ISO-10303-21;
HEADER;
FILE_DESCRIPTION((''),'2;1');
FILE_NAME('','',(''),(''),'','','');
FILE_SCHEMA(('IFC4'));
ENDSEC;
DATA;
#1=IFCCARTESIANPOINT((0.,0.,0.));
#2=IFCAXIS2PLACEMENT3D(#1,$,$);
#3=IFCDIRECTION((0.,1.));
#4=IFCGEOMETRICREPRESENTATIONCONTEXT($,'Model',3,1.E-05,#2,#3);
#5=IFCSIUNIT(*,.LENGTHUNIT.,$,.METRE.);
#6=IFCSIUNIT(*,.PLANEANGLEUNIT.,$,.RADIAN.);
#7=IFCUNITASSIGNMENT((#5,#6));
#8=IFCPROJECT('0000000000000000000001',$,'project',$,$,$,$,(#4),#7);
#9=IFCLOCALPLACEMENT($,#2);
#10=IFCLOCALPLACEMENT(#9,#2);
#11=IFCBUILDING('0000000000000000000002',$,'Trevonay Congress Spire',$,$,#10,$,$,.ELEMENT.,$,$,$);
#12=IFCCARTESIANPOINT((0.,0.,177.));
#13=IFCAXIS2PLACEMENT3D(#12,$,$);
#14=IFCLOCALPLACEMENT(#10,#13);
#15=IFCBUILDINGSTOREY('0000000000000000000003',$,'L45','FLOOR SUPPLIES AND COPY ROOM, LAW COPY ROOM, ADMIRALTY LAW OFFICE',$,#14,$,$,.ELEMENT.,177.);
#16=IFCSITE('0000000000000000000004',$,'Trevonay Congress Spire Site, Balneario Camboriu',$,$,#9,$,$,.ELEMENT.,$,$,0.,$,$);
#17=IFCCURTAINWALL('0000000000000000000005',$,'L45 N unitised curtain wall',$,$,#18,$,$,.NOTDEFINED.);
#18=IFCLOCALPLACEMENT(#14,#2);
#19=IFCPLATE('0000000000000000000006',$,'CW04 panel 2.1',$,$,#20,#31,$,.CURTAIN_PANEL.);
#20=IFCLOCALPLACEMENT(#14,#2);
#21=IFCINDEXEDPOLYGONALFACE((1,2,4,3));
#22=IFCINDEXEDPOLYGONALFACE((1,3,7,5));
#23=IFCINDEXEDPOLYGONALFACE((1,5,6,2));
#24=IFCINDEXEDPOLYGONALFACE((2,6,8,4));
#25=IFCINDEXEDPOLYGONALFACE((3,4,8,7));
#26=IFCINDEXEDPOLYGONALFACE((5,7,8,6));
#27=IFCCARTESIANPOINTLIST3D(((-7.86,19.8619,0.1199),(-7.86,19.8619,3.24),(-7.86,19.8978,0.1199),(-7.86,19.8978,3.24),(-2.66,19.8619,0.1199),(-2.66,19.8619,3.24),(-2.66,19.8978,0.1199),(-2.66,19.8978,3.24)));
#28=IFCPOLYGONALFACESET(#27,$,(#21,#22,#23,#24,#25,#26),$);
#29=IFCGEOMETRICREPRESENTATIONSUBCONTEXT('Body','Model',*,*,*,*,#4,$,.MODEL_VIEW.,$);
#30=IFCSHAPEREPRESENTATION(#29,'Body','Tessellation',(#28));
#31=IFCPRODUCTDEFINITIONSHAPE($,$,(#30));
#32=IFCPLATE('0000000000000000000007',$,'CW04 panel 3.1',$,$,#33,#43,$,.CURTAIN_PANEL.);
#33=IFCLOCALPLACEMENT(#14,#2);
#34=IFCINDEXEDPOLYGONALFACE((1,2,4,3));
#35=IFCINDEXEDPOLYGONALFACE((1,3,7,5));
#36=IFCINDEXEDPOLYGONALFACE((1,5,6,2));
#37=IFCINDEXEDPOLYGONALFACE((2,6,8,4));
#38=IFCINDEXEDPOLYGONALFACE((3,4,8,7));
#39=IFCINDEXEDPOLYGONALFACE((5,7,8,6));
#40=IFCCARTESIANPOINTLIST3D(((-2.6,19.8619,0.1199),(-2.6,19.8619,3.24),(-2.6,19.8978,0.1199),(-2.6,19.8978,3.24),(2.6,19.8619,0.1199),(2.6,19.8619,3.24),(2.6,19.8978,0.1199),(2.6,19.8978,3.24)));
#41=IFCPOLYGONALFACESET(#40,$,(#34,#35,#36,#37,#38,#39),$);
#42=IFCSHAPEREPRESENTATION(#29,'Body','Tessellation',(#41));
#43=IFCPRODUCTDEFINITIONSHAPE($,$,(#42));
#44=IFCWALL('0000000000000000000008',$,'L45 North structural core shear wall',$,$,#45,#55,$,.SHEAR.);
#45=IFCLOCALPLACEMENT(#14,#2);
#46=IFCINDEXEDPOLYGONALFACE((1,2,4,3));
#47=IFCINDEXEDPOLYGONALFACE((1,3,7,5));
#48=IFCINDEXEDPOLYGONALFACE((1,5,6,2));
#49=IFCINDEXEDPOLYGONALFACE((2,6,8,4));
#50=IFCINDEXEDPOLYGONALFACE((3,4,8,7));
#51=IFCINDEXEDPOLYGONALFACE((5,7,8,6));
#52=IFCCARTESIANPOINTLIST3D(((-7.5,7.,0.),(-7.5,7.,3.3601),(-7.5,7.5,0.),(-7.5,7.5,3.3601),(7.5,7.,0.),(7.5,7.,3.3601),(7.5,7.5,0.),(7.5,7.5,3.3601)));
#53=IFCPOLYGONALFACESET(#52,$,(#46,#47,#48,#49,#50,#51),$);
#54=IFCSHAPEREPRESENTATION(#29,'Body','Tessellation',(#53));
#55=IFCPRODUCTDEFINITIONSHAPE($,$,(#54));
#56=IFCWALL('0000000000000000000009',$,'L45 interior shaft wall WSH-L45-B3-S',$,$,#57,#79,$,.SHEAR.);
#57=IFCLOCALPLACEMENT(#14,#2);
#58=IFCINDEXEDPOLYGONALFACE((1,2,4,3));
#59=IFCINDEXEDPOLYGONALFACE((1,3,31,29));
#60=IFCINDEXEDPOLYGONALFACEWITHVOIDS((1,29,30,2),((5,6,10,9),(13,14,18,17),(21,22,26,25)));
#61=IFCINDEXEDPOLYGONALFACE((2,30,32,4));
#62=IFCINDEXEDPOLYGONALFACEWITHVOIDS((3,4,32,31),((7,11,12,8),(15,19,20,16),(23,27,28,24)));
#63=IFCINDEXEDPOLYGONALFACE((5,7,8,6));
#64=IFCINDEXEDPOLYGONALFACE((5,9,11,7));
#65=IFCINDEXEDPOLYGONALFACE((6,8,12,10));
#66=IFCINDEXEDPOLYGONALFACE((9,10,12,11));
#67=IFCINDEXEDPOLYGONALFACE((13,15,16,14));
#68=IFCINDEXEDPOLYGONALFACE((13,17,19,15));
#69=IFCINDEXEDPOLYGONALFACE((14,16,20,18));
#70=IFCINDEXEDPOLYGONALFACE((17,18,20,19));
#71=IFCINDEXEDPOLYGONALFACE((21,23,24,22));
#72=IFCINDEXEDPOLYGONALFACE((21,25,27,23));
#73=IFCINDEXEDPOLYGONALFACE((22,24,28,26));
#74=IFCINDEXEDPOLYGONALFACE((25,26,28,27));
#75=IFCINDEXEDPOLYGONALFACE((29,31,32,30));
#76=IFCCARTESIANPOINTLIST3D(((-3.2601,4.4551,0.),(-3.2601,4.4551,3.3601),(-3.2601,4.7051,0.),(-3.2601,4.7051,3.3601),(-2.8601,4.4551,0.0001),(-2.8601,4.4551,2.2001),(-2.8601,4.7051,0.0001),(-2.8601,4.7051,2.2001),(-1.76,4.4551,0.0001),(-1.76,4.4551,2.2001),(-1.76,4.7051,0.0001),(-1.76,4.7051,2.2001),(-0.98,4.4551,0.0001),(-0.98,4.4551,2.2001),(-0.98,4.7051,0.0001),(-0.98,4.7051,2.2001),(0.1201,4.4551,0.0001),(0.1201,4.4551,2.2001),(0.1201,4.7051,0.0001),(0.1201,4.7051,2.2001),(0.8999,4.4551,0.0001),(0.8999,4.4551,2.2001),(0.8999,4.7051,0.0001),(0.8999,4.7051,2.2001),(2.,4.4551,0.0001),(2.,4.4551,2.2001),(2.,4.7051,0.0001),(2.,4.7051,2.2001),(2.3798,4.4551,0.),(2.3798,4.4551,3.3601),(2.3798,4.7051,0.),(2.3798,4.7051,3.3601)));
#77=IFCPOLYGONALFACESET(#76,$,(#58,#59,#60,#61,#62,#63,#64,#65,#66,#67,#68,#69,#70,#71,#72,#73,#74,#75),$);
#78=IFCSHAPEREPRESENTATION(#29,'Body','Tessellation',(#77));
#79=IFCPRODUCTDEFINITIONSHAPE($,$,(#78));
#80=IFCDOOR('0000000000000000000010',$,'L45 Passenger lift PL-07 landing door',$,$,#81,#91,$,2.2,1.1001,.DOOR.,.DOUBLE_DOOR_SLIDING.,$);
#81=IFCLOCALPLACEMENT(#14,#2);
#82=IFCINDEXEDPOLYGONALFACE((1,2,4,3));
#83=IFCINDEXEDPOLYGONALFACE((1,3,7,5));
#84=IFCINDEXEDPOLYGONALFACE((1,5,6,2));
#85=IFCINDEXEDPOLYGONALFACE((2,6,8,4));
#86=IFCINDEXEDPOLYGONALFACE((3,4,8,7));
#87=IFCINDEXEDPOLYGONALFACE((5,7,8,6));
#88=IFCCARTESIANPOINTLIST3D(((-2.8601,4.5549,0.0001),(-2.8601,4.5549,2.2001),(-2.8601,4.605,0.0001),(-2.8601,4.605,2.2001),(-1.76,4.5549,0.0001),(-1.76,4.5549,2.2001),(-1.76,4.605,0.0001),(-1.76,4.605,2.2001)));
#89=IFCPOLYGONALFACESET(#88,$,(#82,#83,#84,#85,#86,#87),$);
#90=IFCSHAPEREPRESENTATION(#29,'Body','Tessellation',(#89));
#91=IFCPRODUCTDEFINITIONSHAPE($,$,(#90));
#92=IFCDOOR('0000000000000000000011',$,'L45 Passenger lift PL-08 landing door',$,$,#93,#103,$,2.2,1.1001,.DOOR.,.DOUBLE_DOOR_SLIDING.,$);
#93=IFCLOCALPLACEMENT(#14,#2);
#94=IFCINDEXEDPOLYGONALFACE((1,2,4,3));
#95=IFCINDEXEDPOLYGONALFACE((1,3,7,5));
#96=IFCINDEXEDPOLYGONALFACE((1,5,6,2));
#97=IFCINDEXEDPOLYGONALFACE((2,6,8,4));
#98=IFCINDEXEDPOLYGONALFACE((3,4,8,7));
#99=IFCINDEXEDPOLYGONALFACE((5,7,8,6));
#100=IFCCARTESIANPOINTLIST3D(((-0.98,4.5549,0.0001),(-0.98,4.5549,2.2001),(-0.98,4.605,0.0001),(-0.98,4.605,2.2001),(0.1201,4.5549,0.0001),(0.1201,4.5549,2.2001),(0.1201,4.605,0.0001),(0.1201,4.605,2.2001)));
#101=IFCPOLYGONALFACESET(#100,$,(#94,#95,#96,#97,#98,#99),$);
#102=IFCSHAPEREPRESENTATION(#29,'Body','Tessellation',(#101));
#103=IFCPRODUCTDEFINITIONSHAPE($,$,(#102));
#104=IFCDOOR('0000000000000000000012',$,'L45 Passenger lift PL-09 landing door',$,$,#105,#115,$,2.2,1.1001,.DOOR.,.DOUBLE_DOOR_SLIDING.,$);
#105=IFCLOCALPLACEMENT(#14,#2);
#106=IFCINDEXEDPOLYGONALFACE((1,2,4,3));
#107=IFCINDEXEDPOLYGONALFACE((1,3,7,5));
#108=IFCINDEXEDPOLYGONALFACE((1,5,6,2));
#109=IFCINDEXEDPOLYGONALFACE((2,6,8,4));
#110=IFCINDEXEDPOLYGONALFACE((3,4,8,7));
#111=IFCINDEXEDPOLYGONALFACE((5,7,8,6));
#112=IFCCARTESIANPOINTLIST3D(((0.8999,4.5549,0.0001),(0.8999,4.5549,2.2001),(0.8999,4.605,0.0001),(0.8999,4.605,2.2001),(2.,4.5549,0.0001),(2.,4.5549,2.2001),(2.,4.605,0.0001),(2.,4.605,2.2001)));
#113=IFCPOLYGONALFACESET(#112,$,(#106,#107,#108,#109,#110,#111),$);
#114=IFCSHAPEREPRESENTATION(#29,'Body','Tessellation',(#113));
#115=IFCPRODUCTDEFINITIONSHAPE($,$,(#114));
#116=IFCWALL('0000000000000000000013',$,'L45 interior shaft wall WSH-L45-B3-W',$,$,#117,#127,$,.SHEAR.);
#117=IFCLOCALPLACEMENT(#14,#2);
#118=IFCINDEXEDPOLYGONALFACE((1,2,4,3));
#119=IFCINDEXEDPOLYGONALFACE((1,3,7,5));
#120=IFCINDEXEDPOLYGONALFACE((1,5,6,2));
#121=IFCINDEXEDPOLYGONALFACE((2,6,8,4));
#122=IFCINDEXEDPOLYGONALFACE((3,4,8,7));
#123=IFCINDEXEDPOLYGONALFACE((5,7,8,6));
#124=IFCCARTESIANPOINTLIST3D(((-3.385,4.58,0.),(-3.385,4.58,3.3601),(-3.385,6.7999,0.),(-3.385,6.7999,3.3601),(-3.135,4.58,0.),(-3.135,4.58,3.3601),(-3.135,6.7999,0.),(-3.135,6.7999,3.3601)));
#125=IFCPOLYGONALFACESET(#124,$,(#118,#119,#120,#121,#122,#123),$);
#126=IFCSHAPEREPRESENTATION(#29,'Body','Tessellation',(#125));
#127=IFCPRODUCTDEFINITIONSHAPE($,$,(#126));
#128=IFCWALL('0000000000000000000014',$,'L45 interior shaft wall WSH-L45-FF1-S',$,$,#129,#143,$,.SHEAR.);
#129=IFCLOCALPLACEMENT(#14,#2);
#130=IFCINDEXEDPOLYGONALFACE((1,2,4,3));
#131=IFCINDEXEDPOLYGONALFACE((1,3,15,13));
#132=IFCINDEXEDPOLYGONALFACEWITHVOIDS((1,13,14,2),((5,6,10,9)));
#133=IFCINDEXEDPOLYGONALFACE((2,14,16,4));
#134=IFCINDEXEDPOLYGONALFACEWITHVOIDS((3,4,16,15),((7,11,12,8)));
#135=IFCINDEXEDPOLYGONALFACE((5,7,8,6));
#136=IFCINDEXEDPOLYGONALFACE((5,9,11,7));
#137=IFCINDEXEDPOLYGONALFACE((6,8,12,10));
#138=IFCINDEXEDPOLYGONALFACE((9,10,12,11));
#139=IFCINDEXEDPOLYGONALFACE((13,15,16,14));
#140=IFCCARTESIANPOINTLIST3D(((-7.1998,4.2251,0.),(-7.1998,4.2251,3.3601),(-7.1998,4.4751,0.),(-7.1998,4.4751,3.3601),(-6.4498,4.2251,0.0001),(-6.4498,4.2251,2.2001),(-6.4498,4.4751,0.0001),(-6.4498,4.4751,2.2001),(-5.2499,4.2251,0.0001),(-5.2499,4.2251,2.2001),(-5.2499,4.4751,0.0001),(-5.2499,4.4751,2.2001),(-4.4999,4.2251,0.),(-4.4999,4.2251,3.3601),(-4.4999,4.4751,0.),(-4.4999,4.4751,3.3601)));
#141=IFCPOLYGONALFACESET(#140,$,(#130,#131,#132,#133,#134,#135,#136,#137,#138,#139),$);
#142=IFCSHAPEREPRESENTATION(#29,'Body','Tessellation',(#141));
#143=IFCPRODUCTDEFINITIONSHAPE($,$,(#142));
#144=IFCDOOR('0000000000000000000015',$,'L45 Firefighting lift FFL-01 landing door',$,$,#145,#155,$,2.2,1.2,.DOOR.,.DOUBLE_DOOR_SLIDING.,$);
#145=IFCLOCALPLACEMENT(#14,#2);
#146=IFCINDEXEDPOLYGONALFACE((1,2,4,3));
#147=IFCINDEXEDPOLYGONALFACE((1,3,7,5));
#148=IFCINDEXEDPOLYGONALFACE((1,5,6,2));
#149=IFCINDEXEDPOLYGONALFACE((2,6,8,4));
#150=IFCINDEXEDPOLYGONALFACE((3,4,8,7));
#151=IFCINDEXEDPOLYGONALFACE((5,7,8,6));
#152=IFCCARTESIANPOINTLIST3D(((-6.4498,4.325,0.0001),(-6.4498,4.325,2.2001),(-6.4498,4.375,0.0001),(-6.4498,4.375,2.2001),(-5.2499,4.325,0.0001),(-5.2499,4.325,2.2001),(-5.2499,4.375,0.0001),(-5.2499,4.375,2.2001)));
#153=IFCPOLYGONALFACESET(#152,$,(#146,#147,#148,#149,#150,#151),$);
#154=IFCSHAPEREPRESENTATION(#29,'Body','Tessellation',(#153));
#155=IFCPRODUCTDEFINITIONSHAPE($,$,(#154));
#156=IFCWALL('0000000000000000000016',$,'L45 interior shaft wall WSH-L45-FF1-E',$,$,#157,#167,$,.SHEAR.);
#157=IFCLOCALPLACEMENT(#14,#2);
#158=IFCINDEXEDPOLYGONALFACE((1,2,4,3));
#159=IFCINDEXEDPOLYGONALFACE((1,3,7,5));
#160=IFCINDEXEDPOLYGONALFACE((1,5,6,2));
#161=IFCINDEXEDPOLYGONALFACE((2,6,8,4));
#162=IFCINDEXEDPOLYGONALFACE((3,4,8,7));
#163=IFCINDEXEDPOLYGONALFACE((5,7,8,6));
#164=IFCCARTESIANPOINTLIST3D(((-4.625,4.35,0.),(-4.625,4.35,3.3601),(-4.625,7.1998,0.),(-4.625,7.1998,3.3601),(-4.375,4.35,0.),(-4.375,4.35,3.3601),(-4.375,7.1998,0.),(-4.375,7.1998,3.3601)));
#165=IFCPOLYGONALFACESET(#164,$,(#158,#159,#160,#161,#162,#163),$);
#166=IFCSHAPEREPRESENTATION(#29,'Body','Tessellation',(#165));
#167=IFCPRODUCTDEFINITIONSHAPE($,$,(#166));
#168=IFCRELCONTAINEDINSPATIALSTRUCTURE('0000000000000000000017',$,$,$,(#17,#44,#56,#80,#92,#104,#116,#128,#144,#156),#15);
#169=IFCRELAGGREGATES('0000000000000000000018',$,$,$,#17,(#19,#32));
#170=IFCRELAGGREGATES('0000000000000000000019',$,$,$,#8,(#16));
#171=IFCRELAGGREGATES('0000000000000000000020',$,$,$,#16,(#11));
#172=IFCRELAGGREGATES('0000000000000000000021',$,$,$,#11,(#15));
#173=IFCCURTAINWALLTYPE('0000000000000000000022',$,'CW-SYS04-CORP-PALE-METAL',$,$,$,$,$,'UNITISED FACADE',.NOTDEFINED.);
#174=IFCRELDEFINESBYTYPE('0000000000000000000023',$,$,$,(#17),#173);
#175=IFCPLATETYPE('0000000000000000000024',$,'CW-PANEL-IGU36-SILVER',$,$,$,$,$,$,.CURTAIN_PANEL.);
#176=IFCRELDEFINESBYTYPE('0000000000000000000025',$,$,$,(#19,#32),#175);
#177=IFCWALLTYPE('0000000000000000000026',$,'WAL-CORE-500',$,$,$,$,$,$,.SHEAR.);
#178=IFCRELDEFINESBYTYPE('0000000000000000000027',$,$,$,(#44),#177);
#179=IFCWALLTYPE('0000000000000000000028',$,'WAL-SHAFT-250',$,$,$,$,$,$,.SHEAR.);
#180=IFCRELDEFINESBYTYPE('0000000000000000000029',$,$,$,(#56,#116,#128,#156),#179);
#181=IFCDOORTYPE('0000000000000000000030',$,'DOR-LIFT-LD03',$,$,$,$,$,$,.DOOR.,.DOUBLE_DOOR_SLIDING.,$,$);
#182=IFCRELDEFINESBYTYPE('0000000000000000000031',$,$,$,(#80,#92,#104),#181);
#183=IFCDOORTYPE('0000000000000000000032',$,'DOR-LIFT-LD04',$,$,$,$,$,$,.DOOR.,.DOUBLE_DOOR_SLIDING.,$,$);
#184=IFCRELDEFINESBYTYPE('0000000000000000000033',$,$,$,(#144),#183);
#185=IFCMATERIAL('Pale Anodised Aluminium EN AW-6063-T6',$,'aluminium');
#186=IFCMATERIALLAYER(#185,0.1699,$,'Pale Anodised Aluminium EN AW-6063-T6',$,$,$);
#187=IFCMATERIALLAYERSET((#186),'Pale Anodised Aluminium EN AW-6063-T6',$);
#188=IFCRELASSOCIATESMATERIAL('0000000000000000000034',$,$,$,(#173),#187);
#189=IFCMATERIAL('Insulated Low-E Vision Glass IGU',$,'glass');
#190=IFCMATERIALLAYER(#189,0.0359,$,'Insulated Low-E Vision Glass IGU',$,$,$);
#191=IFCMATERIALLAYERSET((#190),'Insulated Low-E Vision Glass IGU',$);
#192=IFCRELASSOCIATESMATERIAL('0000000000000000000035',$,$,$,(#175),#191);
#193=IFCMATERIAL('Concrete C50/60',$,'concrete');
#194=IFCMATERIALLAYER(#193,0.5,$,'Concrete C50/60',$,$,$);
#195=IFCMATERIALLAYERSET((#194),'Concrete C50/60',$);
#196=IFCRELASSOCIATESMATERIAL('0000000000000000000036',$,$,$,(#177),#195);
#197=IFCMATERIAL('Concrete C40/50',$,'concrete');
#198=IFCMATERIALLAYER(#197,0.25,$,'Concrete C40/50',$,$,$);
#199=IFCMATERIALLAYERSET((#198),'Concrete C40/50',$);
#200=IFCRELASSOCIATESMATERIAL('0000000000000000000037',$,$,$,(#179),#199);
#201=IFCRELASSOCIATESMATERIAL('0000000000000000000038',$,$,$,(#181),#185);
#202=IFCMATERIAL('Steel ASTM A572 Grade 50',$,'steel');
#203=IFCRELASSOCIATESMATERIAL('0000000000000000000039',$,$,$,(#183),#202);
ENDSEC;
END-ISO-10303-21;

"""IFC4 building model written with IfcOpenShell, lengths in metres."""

from ifc_helpers import new_model, si_unit, direction, frame, frame_2d, origin, origin_2d, place, context, subcontext, project, spatial, rectangle, extrude, material, layer, layer_set, type_object, element, fill, aggregate, save


model = new_model("IFC4")

# Units and contexts
model_context = context("Model", 3, precision=1e-05, world=origin(), true_north=direction((0.0, 1.0)))
body_context = subcontext(model_context, "Body", "Model", "MODEL_VIEW")
ifc_project = project(units=[si_unit("LENGTHUNIT", "METRE"), si_unit("PLANEANGLEUNIT", "RADIAN")], contexts=[model_context])

# Site, building, storey
site_placement = place(None, origin())
site = spatial("IfcSite", under=ifc_project, at=site_placement, Name="Trevonay Congress Spire Site, Balneario Camboriu", CompositionType="ELEMENT", RefElevation=0.0)
building_placement = place(site_placement, origin())
building = spatial("IfcBuilding", under=site, at=building_placement, Name="Trevonay Congress Spire", CompositionType="ELEMENT")
storey_placement = place(building_placement, frame((0.0, 0.0, 177.0)))
storey = spatial("IfcBuildingStorey", under=building, at=storey_placement, Name="L45", Description="FLOOR SUPPLIES AND COPY ROOM, LAW COPY ROOM, ADMIRALTY LAW OFFICE", CompositionType="ELEMENT", Elevation=177.0)

# Shared definitions
ifc_material_1 = material(Name="Steel ASTM A572 Grade 50", Category="steel")

# Curtain wall, plates
ifc_material_2 = material(Name="Pale Anodised Aluminium EN AW-6063-T6", Category="aluminium")
ifc_layer_1 = layer(ifc_material_2, 0.1699, Name="Pale Anodised Aluminium EN AW-6063-T6")
ifc_layer_set_1 = layer_set([ifc_layer_1], Name="Pale Anodised Aluminium EN AW-6063-T6")
curtain_wall_type = type_object("IfcCurtainWallType", Name="CW-SYS04-CORP-PALE-METAL", ElementType="UNITISED FACADE", PredefinedType="NOTDEFINED", material=ifc_layer_set_1)
curtain_wall_placement = place(storey_placement, origin())
curtain_wall = element("IfcCurtainWall", 1, at=curtain_wall_placement, inside=storey, type_object=curtain_wall_type, Name="L45 N unitised curtain wall", PredefinedType="NOTDEFINED")
ifc_material_3 = material(Name="Insulated Low-E Vision Glass IGU", Category="glass")
ifc_layer_2 = layer(ifc_material_3, 0.0359, Name="Insulated Low-E Vision Glass IGU")
ifc_layer_set_2 = layer_set([ifc_layer_2], Name="Insulated Low-E Vision Glass IGU")
plate_type = type_object("IfcPlateType", Name="CW-PANEL-IGU36-SILVER", PredefinedType="CURTAIN_PANEL", material=ifc_layer_set_2)
plate_1_placement = place(storey_placement, frame((-5.26, 19.8799, 0.1199), z_axis=(0.0, 0.0, 1.0), x_axis=(1.0, 0.0, 0.0)))
plate_1 = element("IfcPlate", 2, at=plate_1_placement, type_object=plate_type, Name="CW04 panel 2.1", PredefinedType="CURTAIN_PANEL", context=body_context, shape_type="SweptSolid", body=[
    extrude(rectangle(XDim=5.2, YDim=0.0359, at=origin_2d()), origin(), (0.0, 0.0, 1.0), 3.1201),
])
plate_2_placement = place(storey_placement, frame((0.0, 19.8799, 0.1199), z_axis=(0.0, 0.0, 1.0), x_axis=(1.0, 0.0, 0.0)))
plate_2 = element("IfcPlate", 3, at=plate_2_placement, type_object=plate_type, Name="CW04 panel 3.1", PredefinedType="CURTAIN_PANEL", context=body_context, shape_type="SweptSolid", body=[
    extrude(rectangle(XDim=5.2, YDim=0.0359, at=origin_2d()), origin(), (0.0, 0.0, 1.0), 3.1201),
])
aggregate(curtain_wall, [plate_1, plate_2])

# Wall
ifc_material_4 = material(Name="Concrete C50/60", Category="concrete")
ifc_layer_3 = layer(ifc_material_4, 0.5, Name="Concrete C50/60")
ifc_layer_set_3 = layer_set([ifc_layer_3], Name="Concrete C50/60")
wall_type_1 = type_object("IfcWallType", Name="WAL-CORE-500", PredefinedType="SHEAR", material=ifc_layer_set_3)
wall_1_placement = place(storey_placement, frame((-7.5, 7.25, 0.0), z_axis=(0.0, 0.0, 1.0), x_axis=(1.0, 0.0, 0.0)))
element("IfcWall", 4, at=wall_1_placement, inside=storey, type_object=wall_type_1, Name="L45 North structural core shear wall", PredefinedType="SHEAR", context=body_context, shape_type="SweptSolid", body=[
    extrude(rectangle(XDim=15.0, YDim=0.5, at=frame_2d((7.5, 0.0))), origin(), (0.0, 0.0, 1.0), 3.3601),
])

# Wall, openings, doors
ifc_material_5 = material(Name="Concrete C40/50", Category="concrete")
ifc_layer_4 = layer(ifc_material_5, 0.25, Name="Concrete C40/50")
ifc_layer_set_4 = layer_set([ifc_layer_4], Name="Concrete C40/50")
wall_type_2 = type_object("IfcWallType", Name="WAL-SHAFT-250", PredefinedType="SHEAR", material=ifc_layer_set_4)
wall_2_placement = place(storey_placement, frame((-3.26, 4.5801, 0.0), z_axis=(0.0, 0.0, 1.0), x_axis=(1.0, 0.0, 0.0)))
wall_2 = element("IfcWall", 5, at=wall_2_placement, inside=storey, type_object=wall_type_2, Name="L45 interior shaft wall WSH-L45-B3-S", PredefinedType="SHEAR", context=body_context, shape_type="SweptSolid", body=[
    extrude(rectangle(XDim=5.6399, YDim=0.25, at=frame_2d((2.8198, 0.0))), origin(), (0.0, 0.0, 1.0), 3.3601),
])
opening_1_placement = place(wall_2_placement, frame((0.3999, 0.0, 0.0)))
opening_1 = element("IfcOpeningElement", 6, at=opening_1_placement, cuts=wall_2, PredefinedType="OPENING", context=body_context, shape_type="SweptSolid", body=[
    extrude(rectangle(XDim=1.1001, YDim=2.2, at=frame_2d((0.55, 1.1001))), frame((0.0, 0.135, 0.0), z_axis=(0.0, -1.0, 0.0), x_axis=(1.0, 0.0, 0.0)), (0.0, 0.0, 1.0), 0.27),
])
opening_2_placement = place(wall_2_placement, frame((2.28, 0.0, 0.0)))
opening_2 = element("IfcOpeningElement", 7, at=opening_2_placement, cuts=wall_2, PredefinedType="OPENING", context=body_context, shape_type="SweptSolid", body=[
    extrude(rectangle(XDim=1.1001, YDim=2.2, at=frame_2d((0.55, 1.1001))), frame((0.0, 0.135, 0.0), z_axis=(0.0, -1.0, 0.0), x_axis=(1.0, 0.0, 0.0)), (0.0, 0.0, 1.0), 0.27),
])
opening_3_placement = place(wall_2_placement, frame((4.1599, 0.0, 0.0)))
opening_3 = element("IfcOpeningElement", 8, at=opening_3_placement, cuts=wall_2, PredefinedType="OPENING", context=body_context, shape_type="SweptSolid", body=[
    extrude(rectangle(XDim=1.1001, YDim=2.2, at=frame_2d((0.55, 1.1001))), frame((0.0, 0.135, 0.0), z_axis=(0.0, -1.0, 0.0), x_axis=(1.0, 0.0, 0.0)), (0.0, 0.0, 1.0), 0.27),
])
door_type_1 = type_object("IfcDoorType", Name="DOR-LIFT-LD03", OperationType="DOUBLE_DOOR_SLIDING", PredefinedType="DOOR", material=ifc_material_2)
door_1_placement = place(opening_1_placement, origin())
door_1 = element("IfcDoor", 9, at=door_1_placement, inside=storey, type_object=door_type_1, Name="L45 Passenger lift PL-07 landing door", OperationType="DOUBLE_DOOR_SLIDING", OverallHeight=2.2, OverallWidth=1.1001, PredefinedType="DOOR", context=body_context, shape_type="SweptSolid", body=[
    extrude(rectangle(XDim=1.1001, YDim=2.2, at=frame_2d((0.55, 1.1001))), frame((0.0, 0.0249, 0.0), z_axis=(0.0, -1.0, 0.0), x_axis=(1.0, 0.0, 0.0)), (0.0, 0.0, 1.0), 0.05),
])
fill(opening_1, door_1)
door_2_placement = place(opening_2_placement, origin())
door_2 = element("IfcDoor", 10, at=door_2_placement, inside=storey, type_object=door_type_1, Name="L45 Passenger lift PL-08 landing door", OperationType="DOUBLE_DOOR_SLIDING", OverallHeight=2.2, OverallWidth=1.1001, PredefinedType="DOOR", context=body_context, shape_type="SweptSolid", body=[
    extrude(rectangle(XDim=1.1001, YDim=2.2, at=frame_2d((0.55, 1.1001))), frame((0.0, 0.0249, 0.0), z_axis=(0.0, -1.0, 0.0), x_axis=(1.0, 0.0, 0.0)), (0.0, 0.0, 1.0), 0.05),
])
fill(opening_2, door_2)
door_3_placement = place(opening_3_placement, origin())
door_3 = element("IfcDoor", 11, at=door_3_placement, inside=storey, type_object=door_type_1, Name="L45 Passenger lift PL-09 landing door", OperationType="DOUBLE_DOOR_SLIDING", OverallHeight=2.2, OverallWidth=1.1001, PredefinedType="DOOR", context=body_context, shape_type="SweptSolid", body=[
    extrude(rectangle(XDim=1.1001, YDim=2.2, at=frame_2d((0.55, 1.1001))), frame((0.0, 0.0249, 0.0), z_axis=(0.0, -1.0, 0.0), x_axis=(1.0, 0.0, 0.0)), (0.0, 0.0, 1.0), 0.05),
])
fill(opening_3, door_3)

# Wall
wall_3_placement = place(storey_placement, frame((-3.26, 4.5801, 0.0), z_axis=(0.0, 0.0, 1.0), x_axis=(0.0, 1.0, 0.0)))
element("IfcWall", 12, at=wall_3_placement, inside=storey, type_object=wall_type_2, Name="L45 interior shaft wall WSH-L45-B3-W", PredefinedType="SHEAR", context=body_context, shape_type="SweptSolid", body=[
    extrude(rectangle(XDim=2.22, YDim=0.25, at=frame_2d((1.1099, 0.0))), origin(), (0.0, 0.0, 1.0), 3.3601),
])

# Wall, opening, door
wall_4_placement = place(storey_placement, frame((-7.2, 4.3501, 0.0), z_axis=(0.0, 0.0, 1.0), x_axis=(1.0, 0.0, 0.0)))
wall_4 = element("IfcWall", 13, at=wall_4_placement, inside=storey, type_object=wall_type_2, Name="L45 interior shaft wall WSH-L45-FF1-S", PredefinedType="SHEAR", context=body_context, shape_type="SweptSolid", body=[
    extrude(rectangle(XDim=2.7, YDim=0.25, at=frame_2d((1.3501, 0.0))), origin(), (0.0, 0.0, 1.0), 3.3601),
])
opening_4_placement = place(wall_4_placement, frame((0.75, 0.0, 0.0)))
opening_4 = element("IfcOpeningElement", 14, at=opening_4_placement, cuts=wall_4, PredefinedType="OPENING", context=body_context, shape_type="SweptSolid", body=[
    extrude(rectangle(XDim=1.2, YDim=2.2, at=frame_2d((0.6001, 1.1001))), frame((0.0, 0.135, 0.0), z_axis=(0.0, -1.0, 0.0), x_axis=(1.0, 0.0, 0.0)), (0.0, 0.0, 1.0), 0.27),
])
door_type_2 = type_object("IfcDoorType", Name="DOR-LIFT-LD04", OperationType="DOUBLE_DOOR_SLIDING", PredefinedType="DOOR", material=ifc_material_1)
door_4_placement = place(opening_4_placement, origin())
door_4 = element("IfcDoor", 15, at=door_4_placement, inside=storey, type_object=door_type_2, Name="L45 Firefighting lift FFL-01 landing door", OperationType="DOUBLE_DOOR_SLIDING", OverallHeight=2.2, OverallWidth=1.2, PredefinedType="DOOR", context=body_context, shape_type="SweptSolid", body=[
    extrude(rectangle(XDim=1.2, YDim=2.2, at=frame_2d((0.6001, 1.1001))), frame((0.0, 0.0249, 0.0), z_axis=(0.0, -1.0, 0.0), x_axis=(1.0, 0.0, 0.0)), (0.0, 0.0, 1.0), 0.05),
])
fill(opening_4, door_4)

# Wall
wall_5_placement = place(storey_placement, frame((-4.5, 4.3501, 0.0), z_axis=(0.0, 0.0, 1.0), x_axis=(0.0, 1.0, 0.0)))
element("IfcWall", 16, at=wall_5_placement, inside=storey, type_object=wall_type_2, Name="L45 interior shaft wall WSH-L45-FF1-E", PredefinedType="SHEAR", context=body_context, shape_type="SweptSolid", body=[
    extrude(rectangle(XDim=2.8499, YDim=0.25, at=frame_2d((1.4248, 0.0))), origin(), (0.0, 0.0, 1.0), 3.3601),
])

save(model, "model.ifc")
